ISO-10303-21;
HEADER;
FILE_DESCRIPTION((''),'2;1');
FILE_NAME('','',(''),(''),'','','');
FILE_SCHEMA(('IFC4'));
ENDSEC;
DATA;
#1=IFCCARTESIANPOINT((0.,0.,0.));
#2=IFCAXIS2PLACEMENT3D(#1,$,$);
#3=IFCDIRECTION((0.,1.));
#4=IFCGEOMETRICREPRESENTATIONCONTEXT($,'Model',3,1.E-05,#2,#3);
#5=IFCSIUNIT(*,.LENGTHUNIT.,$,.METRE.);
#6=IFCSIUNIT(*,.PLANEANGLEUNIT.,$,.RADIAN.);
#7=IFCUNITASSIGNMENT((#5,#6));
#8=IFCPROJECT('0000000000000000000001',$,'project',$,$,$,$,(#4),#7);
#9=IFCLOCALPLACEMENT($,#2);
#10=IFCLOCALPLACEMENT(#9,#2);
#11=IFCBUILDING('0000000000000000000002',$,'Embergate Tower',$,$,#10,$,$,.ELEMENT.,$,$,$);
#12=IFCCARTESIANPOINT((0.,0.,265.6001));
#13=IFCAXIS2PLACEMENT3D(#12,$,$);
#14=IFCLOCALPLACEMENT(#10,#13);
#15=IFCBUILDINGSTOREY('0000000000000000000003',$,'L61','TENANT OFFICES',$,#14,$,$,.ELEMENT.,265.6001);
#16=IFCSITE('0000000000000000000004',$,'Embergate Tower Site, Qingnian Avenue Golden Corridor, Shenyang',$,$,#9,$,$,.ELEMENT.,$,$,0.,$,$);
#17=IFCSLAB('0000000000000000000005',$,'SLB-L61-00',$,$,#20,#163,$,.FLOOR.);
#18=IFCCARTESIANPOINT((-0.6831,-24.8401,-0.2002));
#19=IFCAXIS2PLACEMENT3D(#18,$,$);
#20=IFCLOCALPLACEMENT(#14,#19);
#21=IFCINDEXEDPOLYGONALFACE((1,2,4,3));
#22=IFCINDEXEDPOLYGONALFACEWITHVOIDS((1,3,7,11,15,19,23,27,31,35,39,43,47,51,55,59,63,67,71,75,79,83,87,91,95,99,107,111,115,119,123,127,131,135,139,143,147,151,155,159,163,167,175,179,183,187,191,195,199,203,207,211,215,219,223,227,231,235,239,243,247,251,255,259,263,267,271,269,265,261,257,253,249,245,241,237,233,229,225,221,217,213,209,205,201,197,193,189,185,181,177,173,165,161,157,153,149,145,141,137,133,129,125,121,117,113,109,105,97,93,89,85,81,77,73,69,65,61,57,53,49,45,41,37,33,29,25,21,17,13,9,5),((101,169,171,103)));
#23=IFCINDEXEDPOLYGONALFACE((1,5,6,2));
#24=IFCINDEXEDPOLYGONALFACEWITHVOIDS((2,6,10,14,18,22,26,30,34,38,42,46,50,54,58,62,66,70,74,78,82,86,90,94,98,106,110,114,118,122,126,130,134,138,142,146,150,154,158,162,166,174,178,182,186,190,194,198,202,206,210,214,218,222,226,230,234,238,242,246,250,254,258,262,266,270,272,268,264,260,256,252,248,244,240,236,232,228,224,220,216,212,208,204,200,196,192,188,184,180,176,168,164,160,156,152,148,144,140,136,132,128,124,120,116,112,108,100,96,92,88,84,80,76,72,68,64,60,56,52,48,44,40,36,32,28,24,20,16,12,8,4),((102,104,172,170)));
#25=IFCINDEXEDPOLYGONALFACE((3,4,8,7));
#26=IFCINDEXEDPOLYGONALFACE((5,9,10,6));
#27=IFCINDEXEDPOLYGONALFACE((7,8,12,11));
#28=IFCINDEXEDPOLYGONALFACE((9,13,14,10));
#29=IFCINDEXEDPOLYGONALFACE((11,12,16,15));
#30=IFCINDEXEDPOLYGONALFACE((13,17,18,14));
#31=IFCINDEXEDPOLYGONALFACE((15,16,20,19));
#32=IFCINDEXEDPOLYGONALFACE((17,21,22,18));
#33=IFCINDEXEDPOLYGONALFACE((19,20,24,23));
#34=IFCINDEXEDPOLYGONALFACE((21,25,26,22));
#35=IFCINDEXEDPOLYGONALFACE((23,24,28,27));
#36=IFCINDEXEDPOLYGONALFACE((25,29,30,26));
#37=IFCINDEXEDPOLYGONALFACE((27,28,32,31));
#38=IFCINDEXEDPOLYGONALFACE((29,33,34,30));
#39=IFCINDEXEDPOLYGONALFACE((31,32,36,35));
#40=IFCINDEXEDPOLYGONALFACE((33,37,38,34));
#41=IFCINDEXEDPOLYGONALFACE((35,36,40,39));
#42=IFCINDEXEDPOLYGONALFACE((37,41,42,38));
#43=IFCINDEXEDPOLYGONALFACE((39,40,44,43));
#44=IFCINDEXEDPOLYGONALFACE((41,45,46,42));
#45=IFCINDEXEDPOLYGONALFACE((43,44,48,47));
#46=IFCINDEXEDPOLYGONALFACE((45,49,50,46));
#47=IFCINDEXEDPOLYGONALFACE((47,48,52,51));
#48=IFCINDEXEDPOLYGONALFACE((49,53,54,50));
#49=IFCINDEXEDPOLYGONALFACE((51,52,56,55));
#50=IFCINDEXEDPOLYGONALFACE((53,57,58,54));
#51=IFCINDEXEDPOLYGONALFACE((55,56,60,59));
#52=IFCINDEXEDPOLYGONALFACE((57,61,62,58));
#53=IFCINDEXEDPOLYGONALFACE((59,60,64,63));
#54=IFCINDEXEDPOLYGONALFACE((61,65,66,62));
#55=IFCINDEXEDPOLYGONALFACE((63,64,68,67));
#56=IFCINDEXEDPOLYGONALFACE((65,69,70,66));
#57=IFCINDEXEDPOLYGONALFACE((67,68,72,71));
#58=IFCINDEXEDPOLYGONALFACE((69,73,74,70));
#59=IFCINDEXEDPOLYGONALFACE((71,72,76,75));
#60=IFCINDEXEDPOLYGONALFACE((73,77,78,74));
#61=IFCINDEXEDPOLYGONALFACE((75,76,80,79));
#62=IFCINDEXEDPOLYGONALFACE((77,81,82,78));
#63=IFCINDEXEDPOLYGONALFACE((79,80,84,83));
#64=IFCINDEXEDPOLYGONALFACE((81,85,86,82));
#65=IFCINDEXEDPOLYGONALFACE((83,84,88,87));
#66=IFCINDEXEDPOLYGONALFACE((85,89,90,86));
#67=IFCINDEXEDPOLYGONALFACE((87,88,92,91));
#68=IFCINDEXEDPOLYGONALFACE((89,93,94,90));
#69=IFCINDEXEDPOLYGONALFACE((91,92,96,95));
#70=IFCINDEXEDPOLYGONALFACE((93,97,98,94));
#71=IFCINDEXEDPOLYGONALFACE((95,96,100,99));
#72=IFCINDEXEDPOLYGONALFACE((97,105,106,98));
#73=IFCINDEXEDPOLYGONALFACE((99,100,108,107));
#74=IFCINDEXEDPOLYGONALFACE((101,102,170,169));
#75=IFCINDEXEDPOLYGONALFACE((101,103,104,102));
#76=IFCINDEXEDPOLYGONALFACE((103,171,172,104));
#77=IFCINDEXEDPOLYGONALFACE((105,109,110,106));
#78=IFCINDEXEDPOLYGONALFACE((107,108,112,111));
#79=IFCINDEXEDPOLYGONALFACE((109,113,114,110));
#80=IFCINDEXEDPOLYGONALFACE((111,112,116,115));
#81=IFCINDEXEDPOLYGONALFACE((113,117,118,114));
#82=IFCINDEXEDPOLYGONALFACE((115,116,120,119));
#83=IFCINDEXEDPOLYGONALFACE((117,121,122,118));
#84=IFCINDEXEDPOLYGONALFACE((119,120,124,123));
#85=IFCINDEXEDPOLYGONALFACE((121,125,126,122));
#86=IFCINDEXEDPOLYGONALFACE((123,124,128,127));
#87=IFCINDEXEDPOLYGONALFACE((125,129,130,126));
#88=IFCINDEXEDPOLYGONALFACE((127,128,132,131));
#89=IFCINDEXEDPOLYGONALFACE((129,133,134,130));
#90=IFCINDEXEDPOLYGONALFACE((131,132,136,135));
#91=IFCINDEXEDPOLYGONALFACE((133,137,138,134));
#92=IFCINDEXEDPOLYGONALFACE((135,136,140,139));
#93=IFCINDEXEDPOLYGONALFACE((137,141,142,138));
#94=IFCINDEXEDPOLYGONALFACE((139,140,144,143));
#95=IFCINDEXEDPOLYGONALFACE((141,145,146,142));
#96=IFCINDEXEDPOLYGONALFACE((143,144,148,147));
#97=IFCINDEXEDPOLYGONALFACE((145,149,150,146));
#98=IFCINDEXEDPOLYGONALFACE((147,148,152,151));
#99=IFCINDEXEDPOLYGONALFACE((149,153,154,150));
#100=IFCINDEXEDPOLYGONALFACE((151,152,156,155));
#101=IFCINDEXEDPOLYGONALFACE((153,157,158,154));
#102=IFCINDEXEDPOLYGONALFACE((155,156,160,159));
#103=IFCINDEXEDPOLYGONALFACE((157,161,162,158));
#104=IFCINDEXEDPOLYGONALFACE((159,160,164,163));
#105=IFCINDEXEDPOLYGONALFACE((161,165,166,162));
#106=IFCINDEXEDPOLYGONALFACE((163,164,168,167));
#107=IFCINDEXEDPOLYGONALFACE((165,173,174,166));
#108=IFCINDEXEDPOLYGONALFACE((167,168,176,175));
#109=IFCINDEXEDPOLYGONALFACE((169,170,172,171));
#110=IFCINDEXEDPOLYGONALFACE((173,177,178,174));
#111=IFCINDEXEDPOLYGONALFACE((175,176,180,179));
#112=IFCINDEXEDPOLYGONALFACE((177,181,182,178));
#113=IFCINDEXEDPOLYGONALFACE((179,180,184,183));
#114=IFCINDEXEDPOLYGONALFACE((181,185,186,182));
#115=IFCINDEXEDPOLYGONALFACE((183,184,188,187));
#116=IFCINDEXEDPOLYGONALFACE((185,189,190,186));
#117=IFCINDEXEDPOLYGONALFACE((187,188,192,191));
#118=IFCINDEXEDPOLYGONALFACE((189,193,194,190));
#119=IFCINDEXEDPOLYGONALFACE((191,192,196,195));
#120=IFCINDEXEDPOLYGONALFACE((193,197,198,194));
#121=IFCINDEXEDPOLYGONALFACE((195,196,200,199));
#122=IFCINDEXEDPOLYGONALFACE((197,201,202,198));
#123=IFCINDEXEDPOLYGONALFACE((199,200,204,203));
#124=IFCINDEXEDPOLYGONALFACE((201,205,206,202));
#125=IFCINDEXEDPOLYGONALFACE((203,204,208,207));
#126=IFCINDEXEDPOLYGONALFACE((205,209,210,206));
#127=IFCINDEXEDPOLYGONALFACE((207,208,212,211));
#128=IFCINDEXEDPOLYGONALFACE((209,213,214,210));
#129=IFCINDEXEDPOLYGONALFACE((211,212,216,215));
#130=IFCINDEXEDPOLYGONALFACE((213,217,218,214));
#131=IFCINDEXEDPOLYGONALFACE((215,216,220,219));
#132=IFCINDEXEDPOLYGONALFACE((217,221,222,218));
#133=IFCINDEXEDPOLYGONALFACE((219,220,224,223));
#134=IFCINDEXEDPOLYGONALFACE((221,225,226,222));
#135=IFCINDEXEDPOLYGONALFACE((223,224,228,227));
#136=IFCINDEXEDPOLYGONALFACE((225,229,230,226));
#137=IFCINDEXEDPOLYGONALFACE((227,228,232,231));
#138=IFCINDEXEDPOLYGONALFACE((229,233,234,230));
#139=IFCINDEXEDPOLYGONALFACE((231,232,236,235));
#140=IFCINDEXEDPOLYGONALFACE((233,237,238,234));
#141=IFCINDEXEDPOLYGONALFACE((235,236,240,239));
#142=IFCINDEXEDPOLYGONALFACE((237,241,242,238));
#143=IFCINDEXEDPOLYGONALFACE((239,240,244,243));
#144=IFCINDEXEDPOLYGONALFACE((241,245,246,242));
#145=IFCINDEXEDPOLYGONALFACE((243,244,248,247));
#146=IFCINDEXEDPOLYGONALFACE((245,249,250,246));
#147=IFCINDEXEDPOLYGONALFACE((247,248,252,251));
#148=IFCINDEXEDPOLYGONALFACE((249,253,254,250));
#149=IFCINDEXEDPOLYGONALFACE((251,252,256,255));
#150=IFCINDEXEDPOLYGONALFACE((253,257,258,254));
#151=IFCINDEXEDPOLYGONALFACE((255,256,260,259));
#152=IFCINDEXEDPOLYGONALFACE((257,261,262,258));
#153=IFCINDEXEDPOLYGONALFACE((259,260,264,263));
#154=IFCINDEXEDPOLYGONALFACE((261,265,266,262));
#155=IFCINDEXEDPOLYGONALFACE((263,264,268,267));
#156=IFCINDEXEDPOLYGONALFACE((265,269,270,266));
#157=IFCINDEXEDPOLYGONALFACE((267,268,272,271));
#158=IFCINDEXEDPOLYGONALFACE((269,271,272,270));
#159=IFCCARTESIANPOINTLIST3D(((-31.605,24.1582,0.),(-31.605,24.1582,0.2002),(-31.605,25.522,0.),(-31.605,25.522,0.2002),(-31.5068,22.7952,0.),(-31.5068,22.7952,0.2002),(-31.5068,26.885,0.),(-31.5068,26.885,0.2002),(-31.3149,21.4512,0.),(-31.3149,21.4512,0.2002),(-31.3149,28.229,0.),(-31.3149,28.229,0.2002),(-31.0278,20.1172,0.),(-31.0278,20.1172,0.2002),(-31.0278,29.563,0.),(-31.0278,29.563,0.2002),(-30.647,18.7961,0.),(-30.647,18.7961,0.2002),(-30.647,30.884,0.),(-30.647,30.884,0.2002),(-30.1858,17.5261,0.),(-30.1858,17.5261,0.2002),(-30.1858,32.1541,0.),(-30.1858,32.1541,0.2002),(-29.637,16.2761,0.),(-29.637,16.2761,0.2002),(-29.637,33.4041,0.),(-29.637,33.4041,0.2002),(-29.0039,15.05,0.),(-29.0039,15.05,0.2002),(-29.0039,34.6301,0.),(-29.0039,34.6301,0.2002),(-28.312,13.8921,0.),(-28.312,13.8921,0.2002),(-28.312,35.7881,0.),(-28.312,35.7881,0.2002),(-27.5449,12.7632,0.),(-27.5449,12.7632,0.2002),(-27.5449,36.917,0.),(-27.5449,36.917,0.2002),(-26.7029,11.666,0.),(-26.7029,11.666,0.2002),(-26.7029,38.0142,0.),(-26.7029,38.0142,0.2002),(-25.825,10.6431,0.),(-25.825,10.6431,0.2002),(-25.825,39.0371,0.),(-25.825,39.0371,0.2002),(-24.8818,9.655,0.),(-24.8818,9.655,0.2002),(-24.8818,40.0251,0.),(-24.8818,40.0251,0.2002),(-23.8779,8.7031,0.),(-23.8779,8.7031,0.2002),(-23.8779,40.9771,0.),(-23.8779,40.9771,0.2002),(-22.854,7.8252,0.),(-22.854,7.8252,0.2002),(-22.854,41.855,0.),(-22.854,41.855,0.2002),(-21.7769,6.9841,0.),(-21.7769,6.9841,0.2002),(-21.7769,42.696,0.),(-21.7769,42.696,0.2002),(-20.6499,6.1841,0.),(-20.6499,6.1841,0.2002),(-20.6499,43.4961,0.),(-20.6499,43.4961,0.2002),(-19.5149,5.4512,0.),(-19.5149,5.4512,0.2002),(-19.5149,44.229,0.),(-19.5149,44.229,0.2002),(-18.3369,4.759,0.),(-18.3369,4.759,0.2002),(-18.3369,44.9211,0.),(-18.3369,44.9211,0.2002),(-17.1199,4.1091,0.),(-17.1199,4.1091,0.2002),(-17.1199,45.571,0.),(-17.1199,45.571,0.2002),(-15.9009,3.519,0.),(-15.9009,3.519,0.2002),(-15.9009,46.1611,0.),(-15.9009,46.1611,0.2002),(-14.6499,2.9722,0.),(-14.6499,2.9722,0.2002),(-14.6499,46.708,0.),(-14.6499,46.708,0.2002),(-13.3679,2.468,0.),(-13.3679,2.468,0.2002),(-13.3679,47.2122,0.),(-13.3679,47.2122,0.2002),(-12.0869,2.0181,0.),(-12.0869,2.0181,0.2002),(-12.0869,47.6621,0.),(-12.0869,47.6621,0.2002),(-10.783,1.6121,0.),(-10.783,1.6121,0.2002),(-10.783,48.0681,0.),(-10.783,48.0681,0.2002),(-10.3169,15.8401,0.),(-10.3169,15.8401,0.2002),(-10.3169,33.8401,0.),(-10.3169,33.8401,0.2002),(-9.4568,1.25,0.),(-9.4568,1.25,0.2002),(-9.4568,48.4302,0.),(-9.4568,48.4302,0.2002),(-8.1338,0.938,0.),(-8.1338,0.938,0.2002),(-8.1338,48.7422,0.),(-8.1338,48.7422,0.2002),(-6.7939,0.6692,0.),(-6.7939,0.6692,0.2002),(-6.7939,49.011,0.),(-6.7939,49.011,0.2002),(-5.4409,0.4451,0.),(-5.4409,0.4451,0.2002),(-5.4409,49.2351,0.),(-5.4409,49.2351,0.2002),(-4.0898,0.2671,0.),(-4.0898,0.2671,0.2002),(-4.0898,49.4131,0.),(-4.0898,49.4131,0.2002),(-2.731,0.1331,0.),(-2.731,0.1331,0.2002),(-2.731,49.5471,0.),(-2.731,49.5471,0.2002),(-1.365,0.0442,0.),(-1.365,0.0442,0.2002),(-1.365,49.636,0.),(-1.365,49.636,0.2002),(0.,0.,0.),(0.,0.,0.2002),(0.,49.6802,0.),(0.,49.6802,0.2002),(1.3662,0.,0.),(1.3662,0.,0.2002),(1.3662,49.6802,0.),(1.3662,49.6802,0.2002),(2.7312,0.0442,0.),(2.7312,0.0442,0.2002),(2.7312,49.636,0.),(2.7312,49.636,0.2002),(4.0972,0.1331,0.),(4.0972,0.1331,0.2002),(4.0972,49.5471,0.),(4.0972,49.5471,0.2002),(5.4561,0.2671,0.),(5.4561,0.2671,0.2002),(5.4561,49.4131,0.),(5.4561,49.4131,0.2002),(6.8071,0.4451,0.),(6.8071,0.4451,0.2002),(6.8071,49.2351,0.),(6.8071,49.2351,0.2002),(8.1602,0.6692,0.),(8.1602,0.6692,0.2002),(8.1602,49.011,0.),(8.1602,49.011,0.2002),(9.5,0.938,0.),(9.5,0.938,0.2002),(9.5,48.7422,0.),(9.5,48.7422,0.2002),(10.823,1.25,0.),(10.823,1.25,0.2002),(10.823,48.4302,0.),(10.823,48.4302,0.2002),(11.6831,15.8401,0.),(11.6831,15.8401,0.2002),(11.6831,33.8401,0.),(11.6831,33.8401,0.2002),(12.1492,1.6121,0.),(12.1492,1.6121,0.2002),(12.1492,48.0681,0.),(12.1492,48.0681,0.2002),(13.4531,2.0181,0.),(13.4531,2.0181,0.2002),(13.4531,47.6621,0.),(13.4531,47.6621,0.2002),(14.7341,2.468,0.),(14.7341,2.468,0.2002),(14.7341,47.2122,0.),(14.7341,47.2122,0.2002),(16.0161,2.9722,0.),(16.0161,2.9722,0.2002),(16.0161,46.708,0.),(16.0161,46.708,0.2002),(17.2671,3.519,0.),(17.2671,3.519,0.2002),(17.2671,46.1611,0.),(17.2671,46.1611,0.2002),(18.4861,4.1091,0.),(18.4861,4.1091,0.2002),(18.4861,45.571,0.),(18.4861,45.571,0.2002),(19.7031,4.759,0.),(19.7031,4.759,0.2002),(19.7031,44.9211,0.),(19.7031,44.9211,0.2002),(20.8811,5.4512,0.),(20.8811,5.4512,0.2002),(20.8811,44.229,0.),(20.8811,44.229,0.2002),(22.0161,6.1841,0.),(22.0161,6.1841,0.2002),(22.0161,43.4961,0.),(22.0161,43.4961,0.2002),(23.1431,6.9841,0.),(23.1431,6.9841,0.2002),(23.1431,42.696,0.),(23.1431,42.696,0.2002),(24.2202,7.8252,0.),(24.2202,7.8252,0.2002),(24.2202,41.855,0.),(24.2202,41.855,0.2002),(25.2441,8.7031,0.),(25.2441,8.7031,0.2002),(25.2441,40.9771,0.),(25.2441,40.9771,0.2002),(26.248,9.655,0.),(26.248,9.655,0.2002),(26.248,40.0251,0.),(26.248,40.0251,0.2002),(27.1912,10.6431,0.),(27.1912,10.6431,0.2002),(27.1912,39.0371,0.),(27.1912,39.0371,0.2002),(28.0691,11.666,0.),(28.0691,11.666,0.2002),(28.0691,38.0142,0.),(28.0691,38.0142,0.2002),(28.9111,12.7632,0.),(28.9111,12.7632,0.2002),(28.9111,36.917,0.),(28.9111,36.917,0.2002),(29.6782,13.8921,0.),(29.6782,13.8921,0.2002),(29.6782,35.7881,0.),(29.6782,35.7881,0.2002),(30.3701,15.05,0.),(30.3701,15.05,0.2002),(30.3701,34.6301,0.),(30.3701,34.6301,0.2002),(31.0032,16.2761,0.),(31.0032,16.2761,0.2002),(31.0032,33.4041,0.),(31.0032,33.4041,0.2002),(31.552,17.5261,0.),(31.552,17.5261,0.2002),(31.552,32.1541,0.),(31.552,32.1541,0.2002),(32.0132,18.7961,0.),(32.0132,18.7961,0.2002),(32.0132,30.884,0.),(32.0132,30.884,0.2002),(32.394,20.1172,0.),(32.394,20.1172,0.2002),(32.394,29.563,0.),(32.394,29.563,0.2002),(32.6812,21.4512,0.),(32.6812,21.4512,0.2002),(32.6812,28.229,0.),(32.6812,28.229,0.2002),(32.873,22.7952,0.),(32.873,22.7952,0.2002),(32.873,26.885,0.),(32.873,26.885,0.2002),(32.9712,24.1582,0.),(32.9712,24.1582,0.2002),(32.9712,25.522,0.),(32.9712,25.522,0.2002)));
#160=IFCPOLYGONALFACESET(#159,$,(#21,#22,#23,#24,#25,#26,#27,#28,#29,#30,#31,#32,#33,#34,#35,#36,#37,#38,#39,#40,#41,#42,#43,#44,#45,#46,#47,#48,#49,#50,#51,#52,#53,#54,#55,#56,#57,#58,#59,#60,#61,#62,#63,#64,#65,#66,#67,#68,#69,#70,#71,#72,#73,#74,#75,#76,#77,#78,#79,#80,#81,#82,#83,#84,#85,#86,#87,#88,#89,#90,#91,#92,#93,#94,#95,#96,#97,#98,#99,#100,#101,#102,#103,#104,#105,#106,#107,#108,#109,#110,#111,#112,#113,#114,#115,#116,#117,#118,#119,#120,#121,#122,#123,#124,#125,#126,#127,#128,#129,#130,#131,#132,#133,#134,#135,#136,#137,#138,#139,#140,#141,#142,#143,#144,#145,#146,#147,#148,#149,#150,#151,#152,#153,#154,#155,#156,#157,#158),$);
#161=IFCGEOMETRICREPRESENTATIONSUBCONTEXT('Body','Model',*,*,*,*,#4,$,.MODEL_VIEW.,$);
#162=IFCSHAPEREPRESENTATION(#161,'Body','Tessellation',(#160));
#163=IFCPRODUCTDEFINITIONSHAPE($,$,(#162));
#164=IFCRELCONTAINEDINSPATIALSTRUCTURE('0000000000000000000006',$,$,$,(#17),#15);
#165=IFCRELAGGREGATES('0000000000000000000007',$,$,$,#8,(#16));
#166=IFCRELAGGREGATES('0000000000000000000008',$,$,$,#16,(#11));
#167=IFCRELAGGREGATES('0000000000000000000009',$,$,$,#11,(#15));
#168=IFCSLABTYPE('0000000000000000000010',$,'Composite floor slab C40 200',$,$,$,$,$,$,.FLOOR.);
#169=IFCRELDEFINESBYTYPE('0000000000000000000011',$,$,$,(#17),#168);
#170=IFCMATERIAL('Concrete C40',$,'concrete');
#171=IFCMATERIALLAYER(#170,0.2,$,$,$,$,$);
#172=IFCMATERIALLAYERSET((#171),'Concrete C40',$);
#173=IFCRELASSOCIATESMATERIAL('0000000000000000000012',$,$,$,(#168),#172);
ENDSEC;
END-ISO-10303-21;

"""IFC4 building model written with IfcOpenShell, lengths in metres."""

from ifc_helpers import new_model, si_unit, direction, frame, origin, place, context, subcontext, project, spatial, polyline, outline, extrude, source, transform, mapped, material, layer, layer_set, type_object, element, save


model = new_model("IFC4")

# Units and contexts
model_context = context("Model", 3, precision=1e-05, world=origin(), true_north=direction((0.0, 1.0)))
body_context = subcontext(model_context, "Body", "Model", "MODEL_VIEW")
ifc_project = project(units=[si_unit("LENGTHUNIT", "METRE"), si_unit("PLANEANGLEUNIT", "RADIAN")], contexts=[model_context])

# Site, building, storey
site_placement = place(None, origin())
site = spatial("IfcSite", under=ifc_project, at=site_placement, Name="Embergate Tower Site, Qingnian Avenue Golden Corridor, Shenyang", CompositionType="ELEMENT", RefElevation=0.0)
building_placement = place(site_placement, origin())
building = spatial("IfcBuilding", under=site, at=building_placement, Name="Embergate Tower", CompositionType="ELEMENT")
storey_placement = place(building_placement, frame((0.0, 0.0, 265.6001)))
storey = spatial("IfcBuildingStorey", under=building, at=storey_placement, Name="L61", Description="TENANT OFFICES", CompositionType="ELEMENT", Elevation=265.6001)

# Slab
ifc_material_1 = material(Name="Concrete C40", Category="concrete")
ifc_layer_1 = layer(ifc_material_1, 0.2)
ifc_layer_set_1 = layer_set([ifc_layer_1], Name="Concrete C40")
slab_type = type_object("IfcSlabType", Name="Composite floor slab C40 200", PredefinedType="FLOOR", material=ifc_layer_set_1)
shared_shape_1 = source(origin(), body_context, "Body", "SweptSolid", [
    extrude(outline(polyline([(0.0, 0.0), (1.3662, 0.0), (2.7312, 0.0442), (4.0972, 0.1331), (5.4561, 0.2671), (6.8071, 0.4451), (8.1602, 0.6692), (9.5, 0.938), (10.823, 1.25), (12.1492, 1.6121), (13.4531, 2.0181), (14.7341, 2.468), (16.0161, 2.9722), (17.2671, 3.519), (18.4861, 4.1091), (19.7031, 4.759), (20.8811, 5.4512), (22.0161, 6.1841), (23.1431, 6.9841), (24.2202, 7.8252), (25.2441, 8.7031), (26.248, 9.655), (27.1912, 10.6431), (28.0691, 11.666), (28.9111, 12.7632), (29.6782, 13.8921), (30.3701, 15.05), (31.0032, 16.2761), (31.552, 17.5261), (32.0132, 18.7961), (32.394, 20.1172), (32.6812, 21.4512), (32.873, 22.7952), (32.9712, 24.1582), (32.9712, 25.522), (32.873, 26.885), (32.6812, 28.229), (32.394, 29.563), (32.0132, 30.884), (31.552, 32.1541), (31.0032, 33.4041), (30.3701, 34.6301), (29.6782, 35.7881), (28.9111, 36.917), (28.0691, 38.0142), (27.1912, 39.0371), (26.248, 40.0251), (25.2441, 40.9771), (24.2202, 41.855), (23.1431, 42.696), (22.0161, 43.4961), (20.8811, 44.229), (19.7031, 44.9211), (18.4861, 45.571), (17.2671, 46.1611), (16.0161, 46.708), (14.7341, 47.2122), (13.4531, 47.6621), (12.1492, 48.0681), (10.823, 48.4302), (9.5, 48.7422), (8.1602, 49.011), (6.8071, 49.2351), (5.4561, 49.4131), (4.0972, 49.5471), (2.7312, 49.636), (1.3662, 49.6802), (0.0, 49.6802), (-1.365, 49.636), (-2.731, 49.5471), (-4.0898, 49.4131), (-5.4409, 49.2351), (-6.7939, 49.011), (-8.1338, 48.7422), (-9.4568, 48.4302), (-10.783, 48.0681), (-12.0869, 47.6621), (-13.3679, 47.2122), (-14.6499, 46.708), (-15.9009, 46.1611), (-17.1199, 45.571), (-18.3369, 44.9211), (-19.5149, 44.229), (-20.6499, 43.4961), (-21.7769, 42.696), (-22.854, 41.855), (-23.8779, 40.9771), (-24.8818, 40.0251), (-25.825, 39.0371), (-26.7029, 38.0142), (-27.5449, 36.917), (-28.312, 35.7881), (-29.0039, 34.6301), (-29.637, 33.4041), (-30.1858, 32.1541), (-30.647, 30.884), (-31.0278, 29.563), (-31.3149, 28.229), (-31.5068, 26.885), (-31.605, 25.522), (-31.605, 24.1582), (-31.5068, 22.7952), (-31.3149, 21.4512), (-31.0278, 20.1172), (-30.647, 18.7961), (-30.1858, 17.5261), (-29.637, 16.2761), (-29.0039, 15.05), (-28.312, 13.8921), (-27.5449, 12.7632), (-26.7029, 11.666), (-25.825, 10.6431), (-24.8818, 9.655), (-23.8779, 8.7031), (-22.854, 7.8252), (-21.7769, 6.9841), (-20.6499, 6.1841), (-19.5149, 5.4512), (-18.3369, 4.759), (-17.1199, 4.1091), (-15.9009, 3.519), (-14.6499, 2.9722), (-13.3679, 2.468), (-12.0869, 2.0181), (-10.783, 1.6121), (-9.4568, 1.25), (-8.1338, 0.938), (-6.7939, 0.6692), (-5.4409, 0.4451), (-4.0898, 0.2671), (-2.731, 0.1331), (-1.365, 0.0442), (0.0, 0.0)]), holes=[polyline([(-10.3169, 15.8401), (-10.3169, 33.8401), (11.6831, 33.8401), (11.6831, 15.8401), (-10.3169, 15.8401)])]), origin(), (0.0, 0.0, 1.0), 0.2002),
])
slab_placement = place(storey_placement, frame((-0.6831, -24.8401, -0.2002)))
element("IfcSlab", 1, at=slab_placement, inside=storey, type_object=slab_type, Name="SLB-L61-00", PredefinedType="FLOOR", context=body_context, shape_type="MappedRepresentation", body=[
    mapped(shared_shape_1, transform((0.0, 0.0, 0.0))),
])

save(model, "model.ifc")
